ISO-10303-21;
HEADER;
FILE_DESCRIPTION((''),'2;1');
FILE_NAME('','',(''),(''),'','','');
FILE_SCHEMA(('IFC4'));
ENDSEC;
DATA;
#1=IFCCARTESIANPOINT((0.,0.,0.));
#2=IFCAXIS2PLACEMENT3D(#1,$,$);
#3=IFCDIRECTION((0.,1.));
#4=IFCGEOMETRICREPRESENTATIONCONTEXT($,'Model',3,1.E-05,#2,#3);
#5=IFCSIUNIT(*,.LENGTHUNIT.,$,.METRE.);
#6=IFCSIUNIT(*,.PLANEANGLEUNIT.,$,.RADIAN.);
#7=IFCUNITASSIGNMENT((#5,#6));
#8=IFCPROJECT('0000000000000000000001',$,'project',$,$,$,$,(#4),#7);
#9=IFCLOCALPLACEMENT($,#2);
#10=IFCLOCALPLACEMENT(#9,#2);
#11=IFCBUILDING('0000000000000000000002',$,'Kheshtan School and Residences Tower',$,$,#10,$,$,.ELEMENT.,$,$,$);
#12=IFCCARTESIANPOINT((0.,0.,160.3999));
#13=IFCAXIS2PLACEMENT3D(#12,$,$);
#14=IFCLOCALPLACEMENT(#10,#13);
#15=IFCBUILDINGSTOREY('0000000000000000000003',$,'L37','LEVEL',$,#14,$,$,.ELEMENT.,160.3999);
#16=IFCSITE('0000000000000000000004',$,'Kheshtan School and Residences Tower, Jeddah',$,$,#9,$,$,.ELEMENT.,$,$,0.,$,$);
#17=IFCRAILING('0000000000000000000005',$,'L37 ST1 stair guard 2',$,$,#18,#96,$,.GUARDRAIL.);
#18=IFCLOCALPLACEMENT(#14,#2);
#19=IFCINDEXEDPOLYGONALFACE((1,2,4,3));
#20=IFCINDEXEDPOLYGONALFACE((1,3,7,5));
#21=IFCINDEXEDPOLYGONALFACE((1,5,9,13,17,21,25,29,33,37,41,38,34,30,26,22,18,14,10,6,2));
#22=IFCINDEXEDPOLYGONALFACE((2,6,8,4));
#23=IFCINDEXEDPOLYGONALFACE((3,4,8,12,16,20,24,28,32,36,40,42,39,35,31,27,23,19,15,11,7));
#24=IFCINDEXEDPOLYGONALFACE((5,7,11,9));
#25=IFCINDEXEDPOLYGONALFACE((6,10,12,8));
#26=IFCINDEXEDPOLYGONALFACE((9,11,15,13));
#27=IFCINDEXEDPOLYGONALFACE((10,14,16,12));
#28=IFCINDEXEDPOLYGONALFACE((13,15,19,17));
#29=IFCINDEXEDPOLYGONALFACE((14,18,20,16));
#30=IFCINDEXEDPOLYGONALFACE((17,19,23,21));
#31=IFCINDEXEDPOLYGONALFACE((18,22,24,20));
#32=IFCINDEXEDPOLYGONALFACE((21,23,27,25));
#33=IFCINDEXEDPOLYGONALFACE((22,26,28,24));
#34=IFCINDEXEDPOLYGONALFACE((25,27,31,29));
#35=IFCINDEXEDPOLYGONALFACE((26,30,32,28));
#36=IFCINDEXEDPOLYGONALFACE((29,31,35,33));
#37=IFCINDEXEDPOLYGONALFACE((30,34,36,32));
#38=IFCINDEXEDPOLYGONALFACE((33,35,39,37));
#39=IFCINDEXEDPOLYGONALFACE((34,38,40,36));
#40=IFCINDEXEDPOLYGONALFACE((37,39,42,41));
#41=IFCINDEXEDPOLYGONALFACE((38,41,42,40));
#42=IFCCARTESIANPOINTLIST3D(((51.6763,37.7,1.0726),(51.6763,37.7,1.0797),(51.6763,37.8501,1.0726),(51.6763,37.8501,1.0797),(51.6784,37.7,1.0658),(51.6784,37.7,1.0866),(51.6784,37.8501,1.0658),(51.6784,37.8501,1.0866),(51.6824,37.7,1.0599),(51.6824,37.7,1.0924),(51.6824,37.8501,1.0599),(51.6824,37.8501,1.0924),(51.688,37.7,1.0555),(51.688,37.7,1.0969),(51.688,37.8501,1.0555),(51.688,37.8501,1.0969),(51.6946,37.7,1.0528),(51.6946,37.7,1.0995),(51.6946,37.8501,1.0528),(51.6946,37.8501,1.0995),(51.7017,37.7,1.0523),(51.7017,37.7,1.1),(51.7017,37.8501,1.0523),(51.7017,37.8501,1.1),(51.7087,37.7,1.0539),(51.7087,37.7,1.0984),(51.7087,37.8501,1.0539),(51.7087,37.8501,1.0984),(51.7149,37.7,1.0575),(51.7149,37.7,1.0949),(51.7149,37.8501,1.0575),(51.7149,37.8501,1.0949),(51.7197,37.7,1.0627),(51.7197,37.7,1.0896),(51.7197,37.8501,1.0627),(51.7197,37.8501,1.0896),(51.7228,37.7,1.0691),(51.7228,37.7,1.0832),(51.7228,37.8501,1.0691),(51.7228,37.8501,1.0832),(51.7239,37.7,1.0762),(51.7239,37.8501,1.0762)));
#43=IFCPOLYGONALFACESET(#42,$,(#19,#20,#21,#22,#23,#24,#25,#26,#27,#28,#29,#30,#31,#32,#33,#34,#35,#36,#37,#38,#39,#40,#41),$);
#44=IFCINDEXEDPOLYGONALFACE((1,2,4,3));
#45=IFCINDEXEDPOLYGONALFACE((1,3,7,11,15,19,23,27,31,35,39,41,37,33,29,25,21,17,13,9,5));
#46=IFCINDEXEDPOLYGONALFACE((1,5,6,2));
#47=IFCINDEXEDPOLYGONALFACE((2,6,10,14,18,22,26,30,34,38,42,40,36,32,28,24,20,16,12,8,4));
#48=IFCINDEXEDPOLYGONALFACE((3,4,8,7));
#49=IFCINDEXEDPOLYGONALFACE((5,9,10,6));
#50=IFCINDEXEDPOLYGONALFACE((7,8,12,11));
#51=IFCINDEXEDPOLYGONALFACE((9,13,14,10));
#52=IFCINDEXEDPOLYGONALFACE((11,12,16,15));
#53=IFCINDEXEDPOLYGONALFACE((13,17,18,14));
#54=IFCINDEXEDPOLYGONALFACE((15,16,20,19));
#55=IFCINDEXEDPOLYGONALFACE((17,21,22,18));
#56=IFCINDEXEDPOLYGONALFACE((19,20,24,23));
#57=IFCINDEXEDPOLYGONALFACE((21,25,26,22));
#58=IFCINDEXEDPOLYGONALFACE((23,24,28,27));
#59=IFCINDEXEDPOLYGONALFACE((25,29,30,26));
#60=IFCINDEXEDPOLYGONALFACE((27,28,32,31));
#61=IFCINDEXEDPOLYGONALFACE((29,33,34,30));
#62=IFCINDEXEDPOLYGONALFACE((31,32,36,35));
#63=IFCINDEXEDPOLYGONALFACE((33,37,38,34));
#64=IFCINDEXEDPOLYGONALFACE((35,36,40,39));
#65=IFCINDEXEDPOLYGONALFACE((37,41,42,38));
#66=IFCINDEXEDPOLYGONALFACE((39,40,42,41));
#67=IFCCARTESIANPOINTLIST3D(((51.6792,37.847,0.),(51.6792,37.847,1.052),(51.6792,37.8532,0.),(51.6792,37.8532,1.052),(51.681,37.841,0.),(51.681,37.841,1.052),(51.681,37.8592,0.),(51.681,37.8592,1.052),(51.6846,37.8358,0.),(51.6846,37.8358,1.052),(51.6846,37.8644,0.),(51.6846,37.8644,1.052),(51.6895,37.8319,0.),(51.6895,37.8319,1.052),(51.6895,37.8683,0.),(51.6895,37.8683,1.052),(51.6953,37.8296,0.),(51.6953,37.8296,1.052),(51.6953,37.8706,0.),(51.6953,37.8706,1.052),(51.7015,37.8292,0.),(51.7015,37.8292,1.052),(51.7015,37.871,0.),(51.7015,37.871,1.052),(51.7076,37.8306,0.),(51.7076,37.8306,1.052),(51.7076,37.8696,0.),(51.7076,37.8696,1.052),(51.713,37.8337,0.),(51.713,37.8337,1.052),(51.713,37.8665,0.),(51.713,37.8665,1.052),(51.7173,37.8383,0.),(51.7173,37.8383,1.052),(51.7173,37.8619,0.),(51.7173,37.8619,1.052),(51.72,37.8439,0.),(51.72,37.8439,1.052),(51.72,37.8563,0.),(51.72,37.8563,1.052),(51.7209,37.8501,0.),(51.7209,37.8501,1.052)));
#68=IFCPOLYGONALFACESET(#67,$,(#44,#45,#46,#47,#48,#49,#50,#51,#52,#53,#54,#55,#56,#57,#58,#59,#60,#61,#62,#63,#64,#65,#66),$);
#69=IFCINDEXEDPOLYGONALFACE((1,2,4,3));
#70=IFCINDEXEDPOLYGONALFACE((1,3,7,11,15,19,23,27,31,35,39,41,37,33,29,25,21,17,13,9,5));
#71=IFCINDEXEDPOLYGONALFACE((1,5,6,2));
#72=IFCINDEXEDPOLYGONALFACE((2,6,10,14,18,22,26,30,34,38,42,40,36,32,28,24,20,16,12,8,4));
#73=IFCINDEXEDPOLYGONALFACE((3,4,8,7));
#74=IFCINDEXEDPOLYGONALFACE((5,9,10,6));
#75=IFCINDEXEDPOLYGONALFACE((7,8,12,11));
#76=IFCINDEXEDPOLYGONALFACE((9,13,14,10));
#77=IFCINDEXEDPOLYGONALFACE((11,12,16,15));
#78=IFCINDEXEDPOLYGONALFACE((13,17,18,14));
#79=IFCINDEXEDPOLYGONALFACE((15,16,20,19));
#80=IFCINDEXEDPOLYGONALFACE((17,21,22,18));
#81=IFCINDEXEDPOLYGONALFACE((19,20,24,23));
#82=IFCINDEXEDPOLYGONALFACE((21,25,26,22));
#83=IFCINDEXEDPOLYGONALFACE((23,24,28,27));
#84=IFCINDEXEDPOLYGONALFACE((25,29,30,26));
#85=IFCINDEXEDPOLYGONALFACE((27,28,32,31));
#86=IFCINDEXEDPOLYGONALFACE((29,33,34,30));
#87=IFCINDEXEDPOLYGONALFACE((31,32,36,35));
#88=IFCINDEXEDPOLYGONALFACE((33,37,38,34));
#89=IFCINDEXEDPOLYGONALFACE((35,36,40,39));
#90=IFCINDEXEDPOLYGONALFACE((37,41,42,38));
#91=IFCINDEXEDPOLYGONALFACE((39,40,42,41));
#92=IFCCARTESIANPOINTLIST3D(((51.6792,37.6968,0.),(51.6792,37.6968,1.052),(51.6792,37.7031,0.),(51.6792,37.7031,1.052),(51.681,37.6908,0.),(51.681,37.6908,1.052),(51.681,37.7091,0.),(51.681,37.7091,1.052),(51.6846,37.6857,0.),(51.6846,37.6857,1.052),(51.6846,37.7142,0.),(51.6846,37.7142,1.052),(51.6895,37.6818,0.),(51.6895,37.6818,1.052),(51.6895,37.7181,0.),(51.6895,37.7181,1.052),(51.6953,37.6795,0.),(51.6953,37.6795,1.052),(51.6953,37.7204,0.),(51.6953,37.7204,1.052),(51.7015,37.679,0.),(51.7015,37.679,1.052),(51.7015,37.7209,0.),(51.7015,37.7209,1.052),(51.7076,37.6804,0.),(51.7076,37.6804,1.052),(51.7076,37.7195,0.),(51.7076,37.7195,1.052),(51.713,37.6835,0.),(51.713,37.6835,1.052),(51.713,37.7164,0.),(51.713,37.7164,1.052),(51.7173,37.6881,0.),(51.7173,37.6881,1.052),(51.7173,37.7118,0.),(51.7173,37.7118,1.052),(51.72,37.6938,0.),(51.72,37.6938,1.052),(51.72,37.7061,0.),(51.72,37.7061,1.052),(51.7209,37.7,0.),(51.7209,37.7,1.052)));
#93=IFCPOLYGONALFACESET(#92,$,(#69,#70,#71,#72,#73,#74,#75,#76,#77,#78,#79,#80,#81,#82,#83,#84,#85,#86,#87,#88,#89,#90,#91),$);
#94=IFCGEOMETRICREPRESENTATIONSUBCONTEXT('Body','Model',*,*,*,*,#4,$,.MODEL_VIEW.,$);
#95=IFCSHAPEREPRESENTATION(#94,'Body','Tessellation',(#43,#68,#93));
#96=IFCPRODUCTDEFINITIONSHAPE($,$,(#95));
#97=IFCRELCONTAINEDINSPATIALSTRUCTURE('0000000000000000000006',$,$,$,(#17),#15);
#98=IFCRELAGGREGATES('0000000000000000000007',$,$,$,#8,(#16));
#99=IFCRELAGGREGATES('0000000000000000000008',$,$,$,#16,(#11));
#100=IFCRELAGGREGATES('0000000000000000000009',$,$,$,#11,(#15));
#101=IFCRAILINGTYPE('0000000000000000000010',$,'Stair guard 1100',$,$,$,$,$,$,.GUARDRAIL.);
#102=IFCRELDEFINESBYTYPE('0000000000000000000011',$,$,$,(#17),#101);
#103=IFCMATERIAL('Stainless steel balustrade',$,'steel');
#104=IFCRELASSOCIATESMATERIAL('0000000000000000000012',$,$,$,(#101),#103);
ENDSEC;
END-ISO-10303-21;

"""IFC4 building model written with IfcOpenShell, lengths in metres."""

from ifc_helpers import new_model, si_unit, direction, frame, origin, origin_2d, place, context, subcontext, project, spatial, circle, extrude, material, type_object, element, save


model = new_model("IFC4")

# Units and contexts
model_context = context("Model", 3, precision=1e-05, world=origin(), true_north=direction((0.0, 1.0)))
body_context = subcontext(model_context, "Body", "Model", "MODEL_VIEW")
ifc_project = project(units=[si_unit("LENGTHUNIT", "METRE"), si_unit("PLANEANGLEUNIT", "RADIAN")], contexts=[model_context])

# Site, building, storey
site_placement = place(None, origin())
site = spatial("IfcSite", under=ifc_project, at=site_placement, Name="Kheshtan School and Residences Tower, Jeddah", CompositionType="ELEMENT", RefElevation=0.0)
building_placement = place(site_placement, origin())
building = spatial("IfcBuilding", under=site, at=building_placement, Name="Kheshtan School and Residences Tower", CompositionType="ELEMENT")
storey_placement = place(building_placement, frame((0.0, 0.0, 160.3999)))
storey = spatial("IfcBuildingStorey", under=building, at=storey_placement, Name="L37", Description="LEVEL", CompositionType="ELEMENT", Elevation=160.3999)

# Railing
ifc_material_1 = material(Name="Stainless steel balustrade", Category="steel")
railing_type_1 = type_object("IfcRailingType", Name="Stair guard 1100", PredefinedType="GUARDRAIL", material=ifc_material_1)
railing_1_placement = place(storey_placement, frame((51.7, 37.8501, 0.0)))
element("IfcRailing", 1, at=railing_1_placement, inside=storey, type_object=railing_type_1, Name="L37 ST1 stair guard 2", PredefinedType="GUARDRAIL", context=body_context, shape_type="SweptSolid", body=[
    extrude(circle(Radius=0.0239, at=origin_2d()), frame((0.0, 0.0, 1.0762), z_axis=(0.0, -1.0, 0.0), x_axis=(1.0, 0.0, 0.0)), (0.0, 0.0, 1.0), 0.1501),
    extrude(circle(Radius=0.021, at=origin_2d()), origin(), (0.0, 0.0, 1.0), 1.052),
    extrude(circle(Radius=0.021, at=origin_2d()), frame((0.0, -0.1501, 0.0)), (0.0, 0.0, 1.0), 1.052),
])

save(model, "model.ifc")
